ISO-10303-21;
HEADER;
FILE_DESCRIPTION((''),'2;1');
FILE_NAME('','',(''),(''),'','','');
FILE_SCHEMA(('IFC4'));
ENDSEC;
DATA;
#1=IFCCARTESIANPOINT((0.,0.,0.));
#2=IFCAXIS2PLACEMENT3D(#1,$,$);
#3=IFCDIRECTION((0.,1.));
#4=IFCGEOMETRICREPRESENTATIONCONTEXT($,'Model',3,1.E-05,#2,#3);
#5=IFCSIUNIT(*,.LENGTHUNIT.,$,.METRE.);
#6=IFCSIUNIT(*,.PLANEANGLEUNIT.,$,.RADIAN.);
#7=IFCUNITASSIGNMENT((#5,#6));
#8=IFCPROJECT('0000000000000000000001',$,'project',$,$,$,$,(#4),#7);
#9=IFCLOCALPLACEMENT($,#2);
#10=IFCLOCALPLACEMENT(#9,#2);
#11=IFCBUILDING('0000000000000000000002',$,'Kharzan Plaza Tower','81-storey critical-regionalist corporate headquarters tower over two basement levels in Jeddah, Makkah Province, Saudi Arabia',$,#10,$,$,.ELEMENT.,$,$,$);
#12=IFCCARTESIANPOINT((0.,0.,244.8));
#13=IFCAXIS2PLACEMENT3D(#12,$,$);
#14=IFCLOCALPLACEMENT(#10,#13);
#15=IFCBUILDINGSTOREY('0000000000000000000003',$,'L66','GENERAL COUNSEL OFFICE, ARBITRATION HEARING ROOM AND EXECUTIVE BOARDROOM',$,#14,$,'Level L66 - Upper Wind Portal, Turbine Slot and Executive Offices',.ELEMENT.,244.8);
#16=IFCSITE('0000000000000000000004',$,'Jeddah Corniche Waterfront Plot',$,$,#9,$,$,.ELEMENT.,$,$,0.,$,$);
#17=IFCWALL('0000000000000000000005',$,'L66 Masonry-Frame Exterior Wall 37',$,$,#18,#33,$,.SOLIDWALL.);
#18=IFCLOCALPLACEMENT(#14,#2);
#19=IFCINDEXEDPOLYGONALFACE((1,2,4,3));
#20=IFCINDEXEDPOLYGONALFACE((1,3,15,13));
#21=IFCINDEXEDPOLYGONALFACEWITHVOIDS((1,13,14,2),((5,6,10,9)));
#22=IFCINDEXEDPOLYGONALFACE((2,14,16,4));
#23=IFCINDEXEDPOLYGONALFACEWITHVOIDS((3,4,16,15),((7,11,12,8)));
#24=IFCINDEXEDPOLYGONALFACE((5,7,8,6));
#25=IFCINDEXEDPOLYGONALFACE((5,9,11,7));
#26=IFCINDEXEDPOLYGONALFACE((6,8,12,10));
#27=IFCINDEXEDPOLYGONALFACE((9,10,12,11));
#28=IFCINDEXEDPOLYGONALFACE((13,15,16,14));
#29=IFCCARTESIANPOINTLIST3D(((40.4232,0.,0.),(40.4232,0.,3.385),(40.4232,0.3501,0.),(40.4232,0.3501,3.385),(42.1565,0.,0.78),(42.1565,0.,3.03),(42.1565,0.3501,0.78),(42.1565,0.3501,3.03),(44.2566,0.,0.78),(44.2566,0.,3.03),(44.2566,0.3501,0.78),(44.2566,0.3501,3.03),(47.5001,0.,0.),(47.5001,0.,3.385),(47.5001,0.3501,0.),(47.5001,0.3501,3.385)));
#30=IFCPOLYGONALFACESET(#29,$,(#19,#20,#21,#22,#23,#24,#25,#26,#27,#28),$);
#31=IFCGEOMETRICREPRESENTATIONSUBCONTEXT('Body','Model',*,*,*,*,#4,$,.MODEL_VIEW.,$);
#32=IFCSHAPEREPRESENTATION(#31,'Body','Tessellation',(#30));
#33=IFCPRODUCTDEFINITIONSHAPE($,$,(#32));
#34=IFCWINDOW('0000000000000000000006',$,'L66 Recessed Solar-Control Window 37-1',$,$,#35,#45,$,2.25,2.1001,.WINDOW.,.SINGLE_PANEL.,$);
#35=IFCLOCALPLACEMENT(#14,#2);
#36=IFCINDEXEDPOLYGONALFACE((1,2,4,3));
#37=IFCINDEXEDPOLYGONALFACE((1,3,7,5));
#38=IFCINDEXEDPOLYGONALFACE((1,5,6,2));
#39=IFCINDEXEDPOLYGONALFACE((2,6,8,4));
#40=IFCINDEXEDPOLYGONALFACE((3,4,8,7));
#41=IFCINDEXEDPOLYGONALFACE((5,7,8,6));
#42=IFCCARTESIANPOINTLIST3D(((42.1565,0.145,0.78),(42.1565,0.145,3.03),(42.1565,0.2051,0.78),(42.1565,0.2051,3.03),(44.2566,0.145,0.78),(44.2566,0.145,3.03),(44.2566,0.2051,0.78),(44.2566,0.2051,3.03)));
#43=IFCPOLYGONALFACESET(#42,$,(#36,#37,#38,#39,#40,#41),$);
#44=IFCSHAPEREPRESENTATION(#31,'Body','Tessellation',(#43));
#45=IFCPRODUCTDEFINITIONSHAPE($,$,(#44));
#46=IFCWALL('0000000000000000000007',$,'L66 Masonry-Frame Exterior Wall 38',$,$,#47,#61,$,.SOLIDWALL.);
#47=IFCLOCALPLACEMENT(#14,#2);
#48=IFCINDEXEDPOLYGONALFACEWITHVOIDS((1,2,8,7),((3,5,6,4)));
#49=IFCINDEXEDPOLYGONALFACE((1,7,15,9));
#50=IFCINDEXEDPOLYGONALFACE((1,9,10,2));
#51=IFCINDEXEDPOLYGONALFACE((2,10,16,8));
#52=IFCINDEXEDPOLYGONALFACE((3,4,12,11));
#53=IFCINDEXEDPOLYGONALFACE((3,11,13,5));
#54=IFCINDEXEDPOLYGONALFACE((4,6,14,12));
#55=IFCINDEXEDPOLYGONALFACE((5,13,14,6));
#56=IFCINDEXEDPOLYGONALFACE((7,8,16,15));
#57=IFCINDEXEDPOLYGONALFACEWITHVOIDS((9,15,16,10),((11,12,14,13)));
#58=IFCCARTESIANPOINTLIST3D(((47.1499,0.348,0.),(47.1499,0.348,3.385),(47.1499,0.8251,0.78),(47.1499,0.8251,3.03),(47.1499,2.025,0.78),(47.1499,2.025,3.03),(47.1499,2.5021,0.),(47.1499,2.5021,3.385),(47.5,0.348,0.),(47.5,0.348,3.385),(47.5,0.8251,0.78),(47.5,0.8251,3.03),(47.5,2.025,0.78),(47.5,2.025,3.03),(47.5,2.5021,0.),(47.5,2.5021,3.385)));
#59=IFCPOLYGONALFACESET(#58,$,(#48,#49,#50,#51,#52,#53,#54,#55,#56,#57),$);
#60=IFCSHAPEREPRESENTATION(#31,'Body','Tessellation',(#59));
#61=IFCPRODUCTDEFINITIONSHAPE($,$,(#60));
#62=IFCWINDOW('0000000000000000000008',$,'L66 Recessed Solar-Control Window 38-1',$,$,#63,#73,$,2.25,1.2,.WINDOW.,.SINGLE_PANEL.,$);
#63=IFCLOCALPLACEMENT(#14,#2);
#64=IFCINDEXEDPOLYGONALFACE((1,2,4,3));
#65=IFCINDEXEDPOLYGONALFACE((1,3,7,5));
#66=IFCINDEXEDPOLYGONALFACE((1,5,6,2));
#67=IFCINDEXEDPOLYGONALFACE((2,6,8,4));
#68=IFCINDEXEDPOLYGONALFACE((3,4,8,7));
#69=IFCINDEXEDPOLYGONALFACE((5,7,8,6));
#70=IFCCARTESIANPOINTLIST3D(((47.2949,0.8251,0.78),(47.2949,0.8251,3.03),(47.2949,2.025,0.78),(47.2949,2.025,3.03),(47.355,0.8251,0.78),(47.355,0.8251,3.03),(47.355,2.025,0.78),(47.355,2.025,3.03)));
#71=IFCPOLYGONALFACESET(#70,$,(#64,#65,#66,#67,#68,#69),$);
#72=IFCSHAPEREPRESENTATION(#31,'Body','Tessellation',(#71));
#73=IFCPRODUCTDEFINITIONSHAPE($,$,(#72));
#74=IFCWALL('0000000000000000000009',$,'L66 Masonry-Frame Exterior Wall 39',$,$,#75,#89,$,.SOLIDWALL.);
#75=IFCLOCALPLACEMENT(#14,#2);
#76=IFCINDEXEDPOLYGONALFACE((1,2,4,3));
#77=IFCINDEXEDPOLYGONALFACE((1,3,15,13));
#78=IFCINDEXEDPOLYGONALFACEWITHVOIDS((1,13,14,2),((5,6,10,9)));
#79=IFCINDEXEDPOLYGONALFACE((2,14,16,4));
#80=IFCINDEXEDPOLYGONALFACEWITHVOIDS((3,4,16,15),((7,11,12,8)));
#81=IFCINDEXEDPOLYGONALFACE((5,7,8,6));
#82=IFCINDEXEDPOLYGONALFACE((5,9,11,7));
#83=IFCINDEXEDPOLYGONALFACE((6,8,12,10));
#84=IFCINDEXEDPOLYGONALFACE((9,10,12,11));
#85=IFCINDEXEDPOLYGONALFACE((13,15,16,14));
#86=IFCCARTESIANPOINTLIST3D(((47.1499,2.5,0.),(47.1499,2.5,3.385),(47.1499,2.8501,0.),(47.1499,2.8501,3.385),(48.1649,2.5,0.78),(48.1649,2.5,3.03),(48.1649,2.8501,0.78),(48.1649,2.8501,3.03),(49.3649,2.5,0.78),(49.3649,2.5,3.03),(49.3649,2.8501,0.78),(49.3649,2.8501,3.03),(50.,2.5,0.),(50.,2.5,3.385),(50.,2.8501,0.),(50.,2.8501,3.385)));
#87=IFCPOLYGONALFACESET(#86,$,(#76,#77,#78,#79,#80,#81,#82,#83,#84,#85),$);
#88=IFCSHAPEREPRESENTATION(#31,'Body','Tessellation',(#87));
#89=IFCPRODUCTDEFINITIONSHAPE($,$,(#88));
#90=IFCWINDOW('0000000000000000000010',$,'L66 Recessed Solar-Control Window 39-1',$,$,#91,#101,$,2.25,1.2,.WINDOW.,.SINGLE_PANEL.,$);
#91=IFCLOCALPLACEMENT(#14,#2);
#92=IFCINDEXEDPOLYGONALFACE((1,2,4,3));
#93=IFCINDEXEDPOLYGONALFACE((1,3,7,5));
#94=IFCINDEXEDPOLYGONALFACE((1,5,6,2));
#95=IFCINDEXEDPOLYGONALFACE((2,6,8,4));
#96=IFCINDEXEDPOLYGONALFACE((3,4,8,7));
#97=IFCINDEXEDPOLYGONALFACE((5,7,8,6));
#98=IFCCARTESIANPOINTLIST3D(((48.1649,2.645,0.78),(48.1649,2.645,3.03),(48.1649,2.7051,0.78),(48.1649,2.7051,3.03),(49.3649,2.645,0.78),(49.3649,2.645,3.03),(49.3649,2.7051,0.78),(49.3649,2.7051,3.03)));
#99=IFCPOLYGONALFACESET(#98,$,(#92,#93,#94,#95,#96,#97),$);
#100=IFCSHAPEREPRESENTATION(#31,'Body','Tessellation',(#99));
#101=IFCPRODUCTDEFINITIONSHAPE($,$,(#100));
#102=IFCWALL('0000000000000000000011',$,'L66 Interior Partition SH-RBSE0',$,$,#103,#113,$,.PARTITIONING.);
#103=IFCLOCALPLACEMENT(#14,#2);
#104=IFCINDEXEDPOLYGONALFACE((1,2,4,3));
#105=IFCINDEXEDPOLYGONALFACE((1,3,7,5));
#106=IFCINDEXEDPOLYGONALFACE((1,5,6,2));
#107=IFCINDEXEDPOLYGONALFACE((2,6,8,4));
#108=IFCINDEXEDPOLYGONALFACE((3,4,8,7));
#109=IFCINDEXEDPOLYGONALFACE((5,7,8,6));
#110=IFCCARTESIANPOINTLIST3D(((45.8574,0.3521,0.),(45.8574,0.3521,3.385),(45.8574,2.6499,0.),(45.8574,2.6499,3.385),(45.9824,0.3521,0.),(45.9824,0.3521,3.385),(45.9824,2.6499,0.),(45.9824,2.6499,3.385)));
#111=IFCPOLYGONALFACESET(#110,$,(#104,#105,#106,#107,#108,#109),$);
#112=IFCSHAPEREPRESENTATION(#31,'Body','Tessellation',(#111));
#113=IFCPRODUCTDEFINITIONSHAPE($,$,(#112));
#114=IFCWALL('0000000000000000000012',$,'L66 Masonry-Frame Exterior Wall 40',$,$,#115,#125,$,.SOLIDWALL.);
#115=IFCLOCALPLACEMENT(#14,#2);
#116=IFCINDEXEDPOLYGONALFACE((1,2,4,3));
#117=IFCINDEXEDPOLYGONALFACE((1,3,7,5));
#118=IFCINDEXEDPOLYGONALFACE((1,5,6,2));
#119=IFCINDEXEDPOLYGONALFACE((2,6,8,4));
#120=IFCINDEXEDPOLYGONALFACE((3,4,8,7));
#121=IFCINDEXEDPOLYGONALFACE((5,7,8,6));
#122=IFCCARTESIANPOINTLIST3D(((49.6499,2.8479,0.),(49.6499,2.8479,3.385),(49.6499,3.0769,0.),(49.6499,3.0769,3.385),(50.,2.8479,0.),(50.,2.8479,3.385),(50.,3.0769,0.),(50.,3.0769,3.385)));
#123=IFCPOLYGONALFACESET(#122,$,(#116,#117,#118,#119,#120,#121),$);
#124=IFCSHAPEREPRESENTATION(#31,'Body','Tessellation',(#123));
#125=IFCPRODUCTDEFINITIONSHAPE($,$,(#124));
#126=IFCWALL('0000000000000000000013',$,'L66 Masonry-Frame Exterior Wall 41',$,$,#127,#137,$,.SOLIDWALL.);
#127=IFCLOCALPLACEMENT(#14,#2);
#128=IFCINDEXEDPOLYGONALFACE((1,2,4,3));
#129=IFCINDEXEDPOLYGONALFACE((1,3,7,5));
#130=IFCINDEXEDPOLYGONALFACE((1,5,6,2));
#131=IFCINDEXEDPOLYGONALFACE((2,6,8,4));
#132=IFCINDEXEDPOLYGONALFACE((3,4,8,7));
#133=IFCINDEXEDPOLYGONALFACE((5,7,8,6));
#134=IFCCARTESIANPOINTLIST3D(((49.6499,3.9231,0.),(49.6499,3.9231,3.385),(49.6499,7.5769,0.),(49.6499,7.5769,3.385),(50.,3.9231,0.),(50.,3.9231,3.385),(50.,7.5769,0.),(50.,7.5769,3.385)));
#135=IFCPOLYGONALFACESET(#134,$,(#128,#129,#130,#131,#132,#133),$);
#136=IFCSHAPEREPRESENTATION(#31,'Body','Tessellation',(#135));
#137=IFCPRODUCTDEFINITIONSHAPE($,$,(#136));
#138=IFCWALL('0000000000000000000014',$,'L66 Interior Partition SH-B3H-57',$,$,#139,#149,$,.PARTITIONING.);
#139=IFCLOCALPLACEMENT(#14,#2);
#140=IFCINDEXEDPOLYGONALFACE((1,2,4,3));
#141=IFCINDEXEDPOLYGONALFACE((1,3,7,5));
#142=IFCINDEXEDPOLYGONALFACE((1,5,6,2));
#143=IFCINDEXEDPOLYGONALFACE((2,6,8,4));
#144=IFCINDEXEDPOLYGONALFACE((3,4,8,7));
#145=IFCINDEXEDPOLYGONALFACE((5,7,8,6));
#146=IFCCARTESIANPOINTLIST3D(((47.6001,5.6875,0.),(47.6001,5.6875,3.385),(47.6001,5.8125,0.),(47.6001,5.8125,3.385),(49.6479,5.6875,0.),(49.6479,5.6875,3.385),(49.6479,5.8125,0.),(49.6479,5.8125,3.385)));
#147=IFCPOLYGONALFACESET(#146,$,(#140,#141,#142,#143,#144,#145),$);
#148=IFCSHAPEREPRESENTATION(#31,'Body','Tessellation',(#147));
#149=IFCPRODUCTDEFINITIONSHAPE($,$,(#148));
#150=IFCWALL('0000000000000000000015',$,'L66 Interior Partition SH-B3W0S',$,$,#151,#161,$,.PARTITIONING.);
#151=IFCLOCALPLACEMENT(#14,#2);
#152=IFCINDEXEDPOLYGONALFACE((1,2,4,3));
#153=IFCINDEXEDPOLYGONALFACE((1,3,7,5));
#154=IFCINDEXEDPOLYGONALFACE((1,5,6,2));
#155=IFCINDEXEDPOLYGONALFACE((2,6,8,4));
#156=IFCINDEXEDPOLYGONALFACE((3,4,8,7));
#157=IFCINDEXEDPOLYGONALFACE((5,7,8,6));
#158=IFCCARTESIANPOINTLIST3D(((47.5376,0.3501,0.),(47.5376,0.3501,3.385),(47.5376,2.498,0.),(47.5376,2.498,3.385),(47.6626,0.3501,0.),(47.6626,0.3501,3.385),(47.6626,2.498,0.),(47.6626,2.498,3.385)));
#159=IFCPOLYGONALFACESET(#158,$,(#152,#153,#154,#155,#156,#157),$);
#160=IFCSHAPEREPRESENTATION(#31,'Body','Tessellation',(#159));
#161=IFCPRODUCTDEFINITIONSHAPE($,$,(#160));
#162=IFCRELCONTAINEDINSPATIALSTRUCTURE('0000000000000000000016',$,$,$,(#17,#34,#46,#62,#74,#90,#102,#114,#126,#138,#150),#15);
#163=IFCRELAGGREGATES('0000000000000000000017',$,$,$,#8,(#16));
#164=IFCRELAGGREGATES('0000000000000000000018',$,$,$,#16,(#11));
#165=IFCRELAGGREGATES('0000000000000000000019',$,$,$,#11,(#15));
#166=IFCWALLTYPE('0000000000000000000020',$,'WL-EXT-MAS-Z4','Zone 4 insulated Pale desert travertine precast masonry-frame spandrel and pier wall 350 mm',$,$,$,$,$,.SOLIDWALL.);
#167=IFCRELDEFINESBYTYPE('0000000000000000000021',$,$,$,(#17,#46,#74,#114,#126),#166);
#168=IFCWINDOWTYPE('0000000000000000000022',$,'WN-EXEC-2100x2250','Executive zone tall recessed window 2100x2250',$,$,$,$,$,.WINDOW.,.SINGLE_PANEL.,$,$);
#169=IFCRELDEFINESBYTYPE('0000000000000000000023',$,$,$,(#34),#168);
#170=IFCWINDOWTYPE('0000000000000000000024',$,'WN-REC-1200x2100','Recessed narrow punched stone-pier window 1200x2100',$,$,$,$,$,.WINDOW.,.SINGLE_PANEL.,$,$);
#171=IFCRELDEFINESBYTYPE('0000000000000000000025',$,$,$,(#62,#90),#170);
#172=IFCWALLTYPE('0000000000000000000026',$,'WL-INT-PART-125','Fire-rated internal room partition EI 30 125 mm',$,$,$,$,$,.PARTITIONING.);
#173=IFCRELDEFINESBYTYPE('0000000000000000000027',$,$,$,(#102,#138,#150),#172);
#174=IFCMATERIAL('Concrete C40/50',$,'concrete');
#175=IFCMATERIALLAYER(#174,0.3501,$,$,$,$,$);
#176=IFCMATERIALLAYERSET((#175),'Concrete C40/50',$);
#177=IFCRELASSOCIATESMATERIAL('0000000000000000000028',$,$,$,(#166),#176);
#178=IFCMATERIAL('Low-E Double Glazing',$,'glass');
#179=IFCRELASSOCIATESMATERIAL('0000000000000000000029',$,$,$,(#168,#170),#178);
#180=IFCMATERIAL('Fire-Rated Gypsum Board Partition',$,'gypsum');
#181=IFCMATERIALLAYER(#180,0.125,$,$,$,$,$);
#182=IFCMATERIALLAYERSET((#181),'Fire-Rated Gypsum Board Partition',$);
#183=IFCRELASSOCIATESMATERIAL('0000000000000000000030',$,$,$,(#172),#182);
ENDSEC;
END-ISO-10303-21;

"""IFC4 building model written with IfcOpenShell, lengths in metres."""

from ifc_helpers import new_model, si_unit, direction, frame, frame_2d, origin, place, context, subcontext, project, spatial, rectangle, extrude, source, transform, mapped, material, layer, layer_set, type_object, element, fill, save


model = new_model("IFC4")

# Units and contexts
model_context = context("Model", 3, precision=1e-05, world=origin(), true_north=direction((0.0, 1.0)))
body_context = subcontext(model_context, "Body", "Model", "MODEL_VIEW")
ifc_project = project(units=[si_unit("LENGTHUNIT", "METRE"), si_unit("PLANEANGLEUNIT", "RADIAN")], contexts=[model_context])

# Site, building, storey
site_placement = place(None, origin())
site = spatial("IfcSite", under=ifc_project, at=site_placement, Name="Jeddah Corniche Waterfront Plot", CompositionType="ELEMENT", RefElevation=0.0)
building_placement = place(site_placement, origin())
building = spatial("IfcBuilding", under=site, at=building_placement, Name="Kharzan Plaza Tower", Description="81-storey critical-regionalist corporate headquarters tower over two basement levels in Jeddah, Makkah Province, Saudi Arabia", CompositionType="ELEMENT")
storey_placement = place(building_placement, frame((0.0, 0.0, 244.8)))
storey = spatial("IfcBuildingStorey", under=building, at=storey_placement, Name="L66", Description="GENERAL COUNSEL OFFICE, ARBITRATION HEARING ROOM AND EXECUTIVE BOARDROOM", LongName="Level L66 - Upper Wind Portal, Turbine Slot and Executive Offices", CompositionType="ELEMENT", Elevation=244.8)

# Walls, openings, windows
ifc_material_1 = material(Name="Concrete C40/50", Category="concrete")
ifc_layer_1 = layer(ifc_material_1, 0.3501)
ifc_layer_set_1 = layer_set([ifc_layer_1], Name="Concrete C40/50")
wall_type_1 = type_object("IfcWallType", Name="WL-EXT-MAS-Z4", Description="Zone 4 insulated Pale desert travertine precast masonry-frame spandrel and pier wall 350 mm", PredefinedType="SOLIDWALL", material=ifc_layer_set_1)
wall_1_placement = place(storey_placement, frame((40.4231, 0.175, 0.0), z_axis=(0.0, 0.0, 1.0), x_axis=(1.0, 0.0, 0.0)))
wall_1 = element("IfcWall", 1, at=wall_1_placement, inside=storey, type_object=wall_type_1, Name="L66 Masonry-Frame Exterior Wall 37", PredefinedType="SOLIDWALL", context=body_context, shape_type="SweptSolid", body=[
    extrude(rectangle(XDim=7.0769, YDim=0.3501, at=frame_2d((3.5386, 0.0))), origin(), (0.0, 0.0, 1.0), 3.385),
])
opening_1_placement = place(wall_1_placement, frame((1.7334, 0.0, 0.78)))
opening_1 = element("IfcOpeningElement", 2, at=opening_1_placement, cuts=wall_1, PredefinedType="OPENING", context=body_context, shape_type="SweptSolid", body=[
    extrude(rectangle(XDim=2.1001, YDim=2.25, at=frame_2d((1.05, 1.125))), frame((0.0, 0.1851, 0.0), z_axis=(0.0, -1.0, 0.0), x_axis=(1.0, 0.0, 0.0)), (0.0, 0.0, 1.0), 0.3701),
])
ifc_material_2 = material(Name="Low-E Double Glazing", Category="glass")
window_type_1 = type_object("IfcWindowType", Name="WN-EXEC-2100x2250", Description="Executive zone tall recessed window 2100x2250", PartitioningType="SINGLE_PANEL", PredefinedType="WINDOW", material=ifc_material_2)
shared_shape_1 = source(origin(), body_context, "Body", "SweptSolid", [
    extrude(rectangle(XDim=2.1001, YDim=2.25, at=frame_2d((1.05, 1.125))), frame((0.0, 0.03, 0.0), z_axis=(0.0, -1.0, 0.0), x_axis=(1.0, 0.0, 0.0)), (0.0, 0.0, 1.0), 0.0601),
])
window_1_placement = place(opening_1_placement, origin())
window_1 = element("IfcWindow", 3, at=window_1_placement, inside=storey, type_object=window_type_1, Name="L66 Recessed Solar-Control Window 37-1", OverallHeight=2.25, OverallWidth=2.1001, PartitioningType="SINGLE_PANEL", PredefinedType="WINDOW", context=body_context, shape_type="MappedRepresentation", body=[
    mapped(shared_shape_1, transform((0.0, 0.0, 0.0), x_axis=(1.0, 0.0, 0.0), y_axis=(0.0, 1.0, 0.0), z_axis=(0.0, 0.0, 1.0))),
])
fill(opening_1, window_1)
wall_2_placement = place(storey_placement, frame((47.325, 0.3479, 0.0), z_axis=(0.0, 0.0, 1.0), x_axis=(0.0, 1.0, 0.0)))
wall_2 = element("IfcWall", 4, at=wall_2_placement, inside=storey, type_object=wall_type_1, Name="L66 Masonry-Frame Exterior Wall 38", PredefinedType="SOLIDWALL", context=body_context, shape_type="SweptSolid", body=[
    extrude(rectangle(XDim=2.1541, YDim=0.3501, at=frame_2d((1.0771, 0.0))), origin(), (0.0, 0.0, 1.0), 3.385),
])
opening_2_placement = place(wall_2_placement, frame((0.4771, 0.0, 0.78)))
opening_2 = element("IfcOpeningElement", 5, at=opening_2_placement, cuts=wall_2, PredefinedType="OPENING", context=body_context, shape_type="SweptSolid", body=[
    extrude(rectangle(XDim=1.2, YDim=2.25, at=frame_2d((0.6001, 1.125))), frame((0.0, 0.1851, 0.0), z_axis=(0.0, -1.0, 0.0), x_axis=(1.0, 0.0, 0.0)), (0.0, 0.0, 1.0), 0.3701),
])
window_type_2 = type_object("IfcWindowType", Name="WN-REC-1200x2100", Description="Recessed narrow punched stone-pier window 1200x2100", PartitioningType="SINGLE_PANEL", PredefinedType="WINDOW", material=ifc_material_2)
shared_shape_2 = source(origin(), body_context, "Body", "SweptSolid", [
    extrude(rectangle(XDim=1.2, YDim=2.25, at=frame_2d((0.6001, 1.125))), frame((0.0, 0.03, 0.0), z_axis=(0.0, -1.0, 0.0), x_axis=(1.0, 0.0, 0.0)), (0.0, 0.0, 1.0), 0.0601),
])
window_2_placement = place(opening_2_placement, origin())
window_2 = element("IfcWindow", 6, at=window_2_placement, inside=storey, type_object=window_type_2, Name="L66 Recessed Solar-Control Window 38-1", OverallHeight=2.25, OverallWidth=1.2, PartitioningType="SINGLE_PANEL", PredefinedType="WINDOW", context=body_context, shape_type="MappedRepresentation", body=[
    mapped(shared_shape_2, transform((0.0, 0.0, 0.0), x_axis=(1.0, 0.0, 0.0), y_axis=(0.0, 1.0, 0.0), z_axis=(0.0, 0.0, 1.0))),
])
fill(opening_2, window_2)
wall_3_placement = place(storey_placement, frame((47.1499, 2.675, 0.0), z_axis=(0.0, 0.0, 1.0), x_axis=(1.0, 0.0, 0.0)))
wall_3 = element("IfcWall", 7, at=wall_3_placement, inside=storey, type_object=wall_type_1, Name="L66 Masonry-Frame Exterior Wall 39", PredefinedType="SOLIDWALL", context=body_context, shape_type="SweptSolid", body=[
    extrude(rectangle(XDim=2.8501, YDim=0.3501, at=frame_2d((1.425, 0.0))), origin(), (0.0, 0.0, 1.0), 3.385),
])
opening_3_placement = place(wall_3_placement, frame((1.0149, 0.0, 0.78)))
opening_3 = element("IfcOpeningElement", 8, at=opening_3_placement, cuts=wall_3, PredefinedType="OPENING", context=body_context, shape_type="SweptSolid", body=[
    extrude(rectangle(XDim=1.2, YDim=2.25, at=frame_2d((0.6001, 1.125))), frame((0.0, 0.1851, 0.0), z_axis=(0.0, -1.0, 0.0), x_axis=(1.0, 0.0, 0.0)), (0.0, 0.0, 1.0), 0.3701),
])
window_3_placement = place(opening_3_placement, origin())
window_3 = element("IfcWindow", 9, at=window_3_placement, inside=storey, type_object=window_type_2, Name="L66 Recessed Solar-Control Window 39-1", OverallHeight=2.25, OverallWidth=1.2, PartitioningType="SINGLE_PANEL", PredefinedType="WINDOW", context=body_context, shape_type="MappedRepresentation", body=[
    mapped(shared_shape_2, transform((0.0, 0.0, 0.0), x_axis=(1.0, 0.0, 0.0), y_axis=(0.0, 1.0, 0.0), z_axis=(0.0, 0.0, 1.0))),
])
fill(opening_3, window_3)

# Shared definitions
ifc_material_3 = material(Name="Fire-Rated Gypsum Board Partition", Category="gypsum")
ifc_layer_2 = layer(ifc_material_3, 0.125)
ifc_layer_set_2 = layer_set([ifc_layer_2], Name="Fire-Rated Gypsum Board Partition")
wall_type_2 = type_object("IfcWallType", Name="WL-INT-PART-125", Description="Fire-rated internal room partition EI 30 125 mm", PredefinedType="PARTITIONING", material=ifc_layer_set_2)

# Walls
shared_shape_3 = source(origin(), body_context, "Body", "SweptSolid", [
    extrude(rectangle(XDim=2.2979, YDim=0.125, at=frame_2d((1.1489, 0.0))), origin(), (0.0, 0.0, 1.0), 3.385),
])
wall_4_placement = place(storey_placement, frame((45.9199, 0.3521, 0.0), z_axis=(0.0, 0.0, 1.0), x_axis=(0.0, 1.0, 0.0)))
element("IfcWall", 10, at=wall_4_placement, inside=storey, type_object=wall_type_2, Name="L66 Interior Partition SH-RBSE0", PredefinedType="PARTITIONING", context=body_context, shape_type="MappedRepresentation", body=[
    mapped(shared_shape_3, transform((0.0, 0.0, 0.0), x_axis=(1.0, 0.0, 0.0), y_axis=(0.0, 1.0, 0.0), z_axis=(0.0, 0.0, 1.0))),
])
shared_shape_4 = source(origin(), body_context, "Body", "SweptSolid", [
    extrude(rectangle(XDim=0.229, YDim=0.3501, at=frame_2d((0.1145, 0.0))), origin(), (0.0, 0.0, 1.0), 3.385),
])
wall_5_placement = place(storey_placement, frame((49.825, 2.8479, 0.0), z_axis=(0.0, 0.0, 1.0), x_axis=(0.0, 1.0, 0.0)))
element("IfcWall", 11, at=wall_5_placement, inside=storey, type_object=wall_type_1, Name="L66 Masonry-Frame Exterior Wall 40", PredefinedType="SOLIDWALL", context=body_context, shape_type="MappedRepresentation", body=[
    mapped(shared_shape_4, transform((0.0, 0.0, 0.0), x_axis=(1.0, 0.0, 0.0), y_axis=(0.0, 1.0, 0.0), z_axis=(0.0, 0.0, 1.0))),
])
shared_shape_5 = source(origin(), body_context, "Body", "SweptSolid", [
    extrude(rectangle(XDim=3.6538, YDim=0.3501, at=frame_2d((1.8269, 0.0))), origin(), (0.0, 0.0, 1.0), 3.385),
])
wall_6_placement = place(storey_placement, frame((49.825, 3.9231, 0.0), z_axis=(0.0, 0.0, 1.0), x_axis=(0.0, 1.0, 0.0)))
element("IfcWall", 12, at=wall_6_placement, inside=storey, type_object=wall_type_1, Name="L66 Masonry-Frame Exterior Wall 41", PredefinedType="SOLIDWALL", context=body_context, shape_type="MappedRepresentation", body=[
    mapped(shared_shape_5, transform((0.0, 0.0, 0.0), x_axis=(1.0, 0.0, 0.0), y_axis=(0.0, 1.0, 0.0), z_axis=(0.0, 0.0, 1.0))),
])
shared_shape_6 = source(origin(), body_context, "Body", "SweptSolid", [
    extrude(rectangle(XDim=2.0479, YDim=0.125, at=frame_2d((1.0239, 0.0))), origin(), (0.0, 0.0, 1.0), 3.385),
])
wall_7_placement = place(storey_placement, frame((47.6001, 5.75, 0.0), z_axis=(0.0, 0.0, 1.0), x_axis=(1.0, 0.0, 0.0)))
element("IfcWall", 13, at=wall_7_placement, inside=storey, type_object=wall_type_2, Name="L66 Interior Partition SH-B3H-57", PredefinedType="PARTITIONING", context=body_context, shape_type="MappedRepresentation", body=[
    mapped(shared_shape_6, transform((0.0, 0.0, 0.0), x_axis=(1.0, 0.0, 0.0), y_axis=(0.0, 1.0, 0.0), z_axis=(0.0, 0.0, 1.0))),
])
shared_shape_7 = source(origin(), body_context, "Body", "SweptSolid", [
    extrude(rectangle(XDim=2.1479, YDim=0.125, at=frame_2d((1.074, 0.0))), origin(), (0.0, 0.0, 1.0), 3.385),
])
wall_8_placement = place(storey_placement, frame((47.6001, 0.3501, 0.0), z_axis=(0.0, 0.0, 1.0), x_axis=(0.0, 1.0, 0.0)))
element("IfcWall", 14, at=wall_8_placement, inside=storey, type_object=wall_type_2, Name="L66 Interior Partition SH-B3W0S", PredefinedType="PARTITIONING", context=body_context, shape_type="MappedRepresentation", body=[
    mapped(shared_shape_7, transform((0.0, 0.0, 0.0), x_axis=(1.0, 0.0, 0.0), y_axis=(0.0, 1.0, 0.0), z_axis=(0.0, 0.0, 1.0))),
])

save(model, "model.ifc")
